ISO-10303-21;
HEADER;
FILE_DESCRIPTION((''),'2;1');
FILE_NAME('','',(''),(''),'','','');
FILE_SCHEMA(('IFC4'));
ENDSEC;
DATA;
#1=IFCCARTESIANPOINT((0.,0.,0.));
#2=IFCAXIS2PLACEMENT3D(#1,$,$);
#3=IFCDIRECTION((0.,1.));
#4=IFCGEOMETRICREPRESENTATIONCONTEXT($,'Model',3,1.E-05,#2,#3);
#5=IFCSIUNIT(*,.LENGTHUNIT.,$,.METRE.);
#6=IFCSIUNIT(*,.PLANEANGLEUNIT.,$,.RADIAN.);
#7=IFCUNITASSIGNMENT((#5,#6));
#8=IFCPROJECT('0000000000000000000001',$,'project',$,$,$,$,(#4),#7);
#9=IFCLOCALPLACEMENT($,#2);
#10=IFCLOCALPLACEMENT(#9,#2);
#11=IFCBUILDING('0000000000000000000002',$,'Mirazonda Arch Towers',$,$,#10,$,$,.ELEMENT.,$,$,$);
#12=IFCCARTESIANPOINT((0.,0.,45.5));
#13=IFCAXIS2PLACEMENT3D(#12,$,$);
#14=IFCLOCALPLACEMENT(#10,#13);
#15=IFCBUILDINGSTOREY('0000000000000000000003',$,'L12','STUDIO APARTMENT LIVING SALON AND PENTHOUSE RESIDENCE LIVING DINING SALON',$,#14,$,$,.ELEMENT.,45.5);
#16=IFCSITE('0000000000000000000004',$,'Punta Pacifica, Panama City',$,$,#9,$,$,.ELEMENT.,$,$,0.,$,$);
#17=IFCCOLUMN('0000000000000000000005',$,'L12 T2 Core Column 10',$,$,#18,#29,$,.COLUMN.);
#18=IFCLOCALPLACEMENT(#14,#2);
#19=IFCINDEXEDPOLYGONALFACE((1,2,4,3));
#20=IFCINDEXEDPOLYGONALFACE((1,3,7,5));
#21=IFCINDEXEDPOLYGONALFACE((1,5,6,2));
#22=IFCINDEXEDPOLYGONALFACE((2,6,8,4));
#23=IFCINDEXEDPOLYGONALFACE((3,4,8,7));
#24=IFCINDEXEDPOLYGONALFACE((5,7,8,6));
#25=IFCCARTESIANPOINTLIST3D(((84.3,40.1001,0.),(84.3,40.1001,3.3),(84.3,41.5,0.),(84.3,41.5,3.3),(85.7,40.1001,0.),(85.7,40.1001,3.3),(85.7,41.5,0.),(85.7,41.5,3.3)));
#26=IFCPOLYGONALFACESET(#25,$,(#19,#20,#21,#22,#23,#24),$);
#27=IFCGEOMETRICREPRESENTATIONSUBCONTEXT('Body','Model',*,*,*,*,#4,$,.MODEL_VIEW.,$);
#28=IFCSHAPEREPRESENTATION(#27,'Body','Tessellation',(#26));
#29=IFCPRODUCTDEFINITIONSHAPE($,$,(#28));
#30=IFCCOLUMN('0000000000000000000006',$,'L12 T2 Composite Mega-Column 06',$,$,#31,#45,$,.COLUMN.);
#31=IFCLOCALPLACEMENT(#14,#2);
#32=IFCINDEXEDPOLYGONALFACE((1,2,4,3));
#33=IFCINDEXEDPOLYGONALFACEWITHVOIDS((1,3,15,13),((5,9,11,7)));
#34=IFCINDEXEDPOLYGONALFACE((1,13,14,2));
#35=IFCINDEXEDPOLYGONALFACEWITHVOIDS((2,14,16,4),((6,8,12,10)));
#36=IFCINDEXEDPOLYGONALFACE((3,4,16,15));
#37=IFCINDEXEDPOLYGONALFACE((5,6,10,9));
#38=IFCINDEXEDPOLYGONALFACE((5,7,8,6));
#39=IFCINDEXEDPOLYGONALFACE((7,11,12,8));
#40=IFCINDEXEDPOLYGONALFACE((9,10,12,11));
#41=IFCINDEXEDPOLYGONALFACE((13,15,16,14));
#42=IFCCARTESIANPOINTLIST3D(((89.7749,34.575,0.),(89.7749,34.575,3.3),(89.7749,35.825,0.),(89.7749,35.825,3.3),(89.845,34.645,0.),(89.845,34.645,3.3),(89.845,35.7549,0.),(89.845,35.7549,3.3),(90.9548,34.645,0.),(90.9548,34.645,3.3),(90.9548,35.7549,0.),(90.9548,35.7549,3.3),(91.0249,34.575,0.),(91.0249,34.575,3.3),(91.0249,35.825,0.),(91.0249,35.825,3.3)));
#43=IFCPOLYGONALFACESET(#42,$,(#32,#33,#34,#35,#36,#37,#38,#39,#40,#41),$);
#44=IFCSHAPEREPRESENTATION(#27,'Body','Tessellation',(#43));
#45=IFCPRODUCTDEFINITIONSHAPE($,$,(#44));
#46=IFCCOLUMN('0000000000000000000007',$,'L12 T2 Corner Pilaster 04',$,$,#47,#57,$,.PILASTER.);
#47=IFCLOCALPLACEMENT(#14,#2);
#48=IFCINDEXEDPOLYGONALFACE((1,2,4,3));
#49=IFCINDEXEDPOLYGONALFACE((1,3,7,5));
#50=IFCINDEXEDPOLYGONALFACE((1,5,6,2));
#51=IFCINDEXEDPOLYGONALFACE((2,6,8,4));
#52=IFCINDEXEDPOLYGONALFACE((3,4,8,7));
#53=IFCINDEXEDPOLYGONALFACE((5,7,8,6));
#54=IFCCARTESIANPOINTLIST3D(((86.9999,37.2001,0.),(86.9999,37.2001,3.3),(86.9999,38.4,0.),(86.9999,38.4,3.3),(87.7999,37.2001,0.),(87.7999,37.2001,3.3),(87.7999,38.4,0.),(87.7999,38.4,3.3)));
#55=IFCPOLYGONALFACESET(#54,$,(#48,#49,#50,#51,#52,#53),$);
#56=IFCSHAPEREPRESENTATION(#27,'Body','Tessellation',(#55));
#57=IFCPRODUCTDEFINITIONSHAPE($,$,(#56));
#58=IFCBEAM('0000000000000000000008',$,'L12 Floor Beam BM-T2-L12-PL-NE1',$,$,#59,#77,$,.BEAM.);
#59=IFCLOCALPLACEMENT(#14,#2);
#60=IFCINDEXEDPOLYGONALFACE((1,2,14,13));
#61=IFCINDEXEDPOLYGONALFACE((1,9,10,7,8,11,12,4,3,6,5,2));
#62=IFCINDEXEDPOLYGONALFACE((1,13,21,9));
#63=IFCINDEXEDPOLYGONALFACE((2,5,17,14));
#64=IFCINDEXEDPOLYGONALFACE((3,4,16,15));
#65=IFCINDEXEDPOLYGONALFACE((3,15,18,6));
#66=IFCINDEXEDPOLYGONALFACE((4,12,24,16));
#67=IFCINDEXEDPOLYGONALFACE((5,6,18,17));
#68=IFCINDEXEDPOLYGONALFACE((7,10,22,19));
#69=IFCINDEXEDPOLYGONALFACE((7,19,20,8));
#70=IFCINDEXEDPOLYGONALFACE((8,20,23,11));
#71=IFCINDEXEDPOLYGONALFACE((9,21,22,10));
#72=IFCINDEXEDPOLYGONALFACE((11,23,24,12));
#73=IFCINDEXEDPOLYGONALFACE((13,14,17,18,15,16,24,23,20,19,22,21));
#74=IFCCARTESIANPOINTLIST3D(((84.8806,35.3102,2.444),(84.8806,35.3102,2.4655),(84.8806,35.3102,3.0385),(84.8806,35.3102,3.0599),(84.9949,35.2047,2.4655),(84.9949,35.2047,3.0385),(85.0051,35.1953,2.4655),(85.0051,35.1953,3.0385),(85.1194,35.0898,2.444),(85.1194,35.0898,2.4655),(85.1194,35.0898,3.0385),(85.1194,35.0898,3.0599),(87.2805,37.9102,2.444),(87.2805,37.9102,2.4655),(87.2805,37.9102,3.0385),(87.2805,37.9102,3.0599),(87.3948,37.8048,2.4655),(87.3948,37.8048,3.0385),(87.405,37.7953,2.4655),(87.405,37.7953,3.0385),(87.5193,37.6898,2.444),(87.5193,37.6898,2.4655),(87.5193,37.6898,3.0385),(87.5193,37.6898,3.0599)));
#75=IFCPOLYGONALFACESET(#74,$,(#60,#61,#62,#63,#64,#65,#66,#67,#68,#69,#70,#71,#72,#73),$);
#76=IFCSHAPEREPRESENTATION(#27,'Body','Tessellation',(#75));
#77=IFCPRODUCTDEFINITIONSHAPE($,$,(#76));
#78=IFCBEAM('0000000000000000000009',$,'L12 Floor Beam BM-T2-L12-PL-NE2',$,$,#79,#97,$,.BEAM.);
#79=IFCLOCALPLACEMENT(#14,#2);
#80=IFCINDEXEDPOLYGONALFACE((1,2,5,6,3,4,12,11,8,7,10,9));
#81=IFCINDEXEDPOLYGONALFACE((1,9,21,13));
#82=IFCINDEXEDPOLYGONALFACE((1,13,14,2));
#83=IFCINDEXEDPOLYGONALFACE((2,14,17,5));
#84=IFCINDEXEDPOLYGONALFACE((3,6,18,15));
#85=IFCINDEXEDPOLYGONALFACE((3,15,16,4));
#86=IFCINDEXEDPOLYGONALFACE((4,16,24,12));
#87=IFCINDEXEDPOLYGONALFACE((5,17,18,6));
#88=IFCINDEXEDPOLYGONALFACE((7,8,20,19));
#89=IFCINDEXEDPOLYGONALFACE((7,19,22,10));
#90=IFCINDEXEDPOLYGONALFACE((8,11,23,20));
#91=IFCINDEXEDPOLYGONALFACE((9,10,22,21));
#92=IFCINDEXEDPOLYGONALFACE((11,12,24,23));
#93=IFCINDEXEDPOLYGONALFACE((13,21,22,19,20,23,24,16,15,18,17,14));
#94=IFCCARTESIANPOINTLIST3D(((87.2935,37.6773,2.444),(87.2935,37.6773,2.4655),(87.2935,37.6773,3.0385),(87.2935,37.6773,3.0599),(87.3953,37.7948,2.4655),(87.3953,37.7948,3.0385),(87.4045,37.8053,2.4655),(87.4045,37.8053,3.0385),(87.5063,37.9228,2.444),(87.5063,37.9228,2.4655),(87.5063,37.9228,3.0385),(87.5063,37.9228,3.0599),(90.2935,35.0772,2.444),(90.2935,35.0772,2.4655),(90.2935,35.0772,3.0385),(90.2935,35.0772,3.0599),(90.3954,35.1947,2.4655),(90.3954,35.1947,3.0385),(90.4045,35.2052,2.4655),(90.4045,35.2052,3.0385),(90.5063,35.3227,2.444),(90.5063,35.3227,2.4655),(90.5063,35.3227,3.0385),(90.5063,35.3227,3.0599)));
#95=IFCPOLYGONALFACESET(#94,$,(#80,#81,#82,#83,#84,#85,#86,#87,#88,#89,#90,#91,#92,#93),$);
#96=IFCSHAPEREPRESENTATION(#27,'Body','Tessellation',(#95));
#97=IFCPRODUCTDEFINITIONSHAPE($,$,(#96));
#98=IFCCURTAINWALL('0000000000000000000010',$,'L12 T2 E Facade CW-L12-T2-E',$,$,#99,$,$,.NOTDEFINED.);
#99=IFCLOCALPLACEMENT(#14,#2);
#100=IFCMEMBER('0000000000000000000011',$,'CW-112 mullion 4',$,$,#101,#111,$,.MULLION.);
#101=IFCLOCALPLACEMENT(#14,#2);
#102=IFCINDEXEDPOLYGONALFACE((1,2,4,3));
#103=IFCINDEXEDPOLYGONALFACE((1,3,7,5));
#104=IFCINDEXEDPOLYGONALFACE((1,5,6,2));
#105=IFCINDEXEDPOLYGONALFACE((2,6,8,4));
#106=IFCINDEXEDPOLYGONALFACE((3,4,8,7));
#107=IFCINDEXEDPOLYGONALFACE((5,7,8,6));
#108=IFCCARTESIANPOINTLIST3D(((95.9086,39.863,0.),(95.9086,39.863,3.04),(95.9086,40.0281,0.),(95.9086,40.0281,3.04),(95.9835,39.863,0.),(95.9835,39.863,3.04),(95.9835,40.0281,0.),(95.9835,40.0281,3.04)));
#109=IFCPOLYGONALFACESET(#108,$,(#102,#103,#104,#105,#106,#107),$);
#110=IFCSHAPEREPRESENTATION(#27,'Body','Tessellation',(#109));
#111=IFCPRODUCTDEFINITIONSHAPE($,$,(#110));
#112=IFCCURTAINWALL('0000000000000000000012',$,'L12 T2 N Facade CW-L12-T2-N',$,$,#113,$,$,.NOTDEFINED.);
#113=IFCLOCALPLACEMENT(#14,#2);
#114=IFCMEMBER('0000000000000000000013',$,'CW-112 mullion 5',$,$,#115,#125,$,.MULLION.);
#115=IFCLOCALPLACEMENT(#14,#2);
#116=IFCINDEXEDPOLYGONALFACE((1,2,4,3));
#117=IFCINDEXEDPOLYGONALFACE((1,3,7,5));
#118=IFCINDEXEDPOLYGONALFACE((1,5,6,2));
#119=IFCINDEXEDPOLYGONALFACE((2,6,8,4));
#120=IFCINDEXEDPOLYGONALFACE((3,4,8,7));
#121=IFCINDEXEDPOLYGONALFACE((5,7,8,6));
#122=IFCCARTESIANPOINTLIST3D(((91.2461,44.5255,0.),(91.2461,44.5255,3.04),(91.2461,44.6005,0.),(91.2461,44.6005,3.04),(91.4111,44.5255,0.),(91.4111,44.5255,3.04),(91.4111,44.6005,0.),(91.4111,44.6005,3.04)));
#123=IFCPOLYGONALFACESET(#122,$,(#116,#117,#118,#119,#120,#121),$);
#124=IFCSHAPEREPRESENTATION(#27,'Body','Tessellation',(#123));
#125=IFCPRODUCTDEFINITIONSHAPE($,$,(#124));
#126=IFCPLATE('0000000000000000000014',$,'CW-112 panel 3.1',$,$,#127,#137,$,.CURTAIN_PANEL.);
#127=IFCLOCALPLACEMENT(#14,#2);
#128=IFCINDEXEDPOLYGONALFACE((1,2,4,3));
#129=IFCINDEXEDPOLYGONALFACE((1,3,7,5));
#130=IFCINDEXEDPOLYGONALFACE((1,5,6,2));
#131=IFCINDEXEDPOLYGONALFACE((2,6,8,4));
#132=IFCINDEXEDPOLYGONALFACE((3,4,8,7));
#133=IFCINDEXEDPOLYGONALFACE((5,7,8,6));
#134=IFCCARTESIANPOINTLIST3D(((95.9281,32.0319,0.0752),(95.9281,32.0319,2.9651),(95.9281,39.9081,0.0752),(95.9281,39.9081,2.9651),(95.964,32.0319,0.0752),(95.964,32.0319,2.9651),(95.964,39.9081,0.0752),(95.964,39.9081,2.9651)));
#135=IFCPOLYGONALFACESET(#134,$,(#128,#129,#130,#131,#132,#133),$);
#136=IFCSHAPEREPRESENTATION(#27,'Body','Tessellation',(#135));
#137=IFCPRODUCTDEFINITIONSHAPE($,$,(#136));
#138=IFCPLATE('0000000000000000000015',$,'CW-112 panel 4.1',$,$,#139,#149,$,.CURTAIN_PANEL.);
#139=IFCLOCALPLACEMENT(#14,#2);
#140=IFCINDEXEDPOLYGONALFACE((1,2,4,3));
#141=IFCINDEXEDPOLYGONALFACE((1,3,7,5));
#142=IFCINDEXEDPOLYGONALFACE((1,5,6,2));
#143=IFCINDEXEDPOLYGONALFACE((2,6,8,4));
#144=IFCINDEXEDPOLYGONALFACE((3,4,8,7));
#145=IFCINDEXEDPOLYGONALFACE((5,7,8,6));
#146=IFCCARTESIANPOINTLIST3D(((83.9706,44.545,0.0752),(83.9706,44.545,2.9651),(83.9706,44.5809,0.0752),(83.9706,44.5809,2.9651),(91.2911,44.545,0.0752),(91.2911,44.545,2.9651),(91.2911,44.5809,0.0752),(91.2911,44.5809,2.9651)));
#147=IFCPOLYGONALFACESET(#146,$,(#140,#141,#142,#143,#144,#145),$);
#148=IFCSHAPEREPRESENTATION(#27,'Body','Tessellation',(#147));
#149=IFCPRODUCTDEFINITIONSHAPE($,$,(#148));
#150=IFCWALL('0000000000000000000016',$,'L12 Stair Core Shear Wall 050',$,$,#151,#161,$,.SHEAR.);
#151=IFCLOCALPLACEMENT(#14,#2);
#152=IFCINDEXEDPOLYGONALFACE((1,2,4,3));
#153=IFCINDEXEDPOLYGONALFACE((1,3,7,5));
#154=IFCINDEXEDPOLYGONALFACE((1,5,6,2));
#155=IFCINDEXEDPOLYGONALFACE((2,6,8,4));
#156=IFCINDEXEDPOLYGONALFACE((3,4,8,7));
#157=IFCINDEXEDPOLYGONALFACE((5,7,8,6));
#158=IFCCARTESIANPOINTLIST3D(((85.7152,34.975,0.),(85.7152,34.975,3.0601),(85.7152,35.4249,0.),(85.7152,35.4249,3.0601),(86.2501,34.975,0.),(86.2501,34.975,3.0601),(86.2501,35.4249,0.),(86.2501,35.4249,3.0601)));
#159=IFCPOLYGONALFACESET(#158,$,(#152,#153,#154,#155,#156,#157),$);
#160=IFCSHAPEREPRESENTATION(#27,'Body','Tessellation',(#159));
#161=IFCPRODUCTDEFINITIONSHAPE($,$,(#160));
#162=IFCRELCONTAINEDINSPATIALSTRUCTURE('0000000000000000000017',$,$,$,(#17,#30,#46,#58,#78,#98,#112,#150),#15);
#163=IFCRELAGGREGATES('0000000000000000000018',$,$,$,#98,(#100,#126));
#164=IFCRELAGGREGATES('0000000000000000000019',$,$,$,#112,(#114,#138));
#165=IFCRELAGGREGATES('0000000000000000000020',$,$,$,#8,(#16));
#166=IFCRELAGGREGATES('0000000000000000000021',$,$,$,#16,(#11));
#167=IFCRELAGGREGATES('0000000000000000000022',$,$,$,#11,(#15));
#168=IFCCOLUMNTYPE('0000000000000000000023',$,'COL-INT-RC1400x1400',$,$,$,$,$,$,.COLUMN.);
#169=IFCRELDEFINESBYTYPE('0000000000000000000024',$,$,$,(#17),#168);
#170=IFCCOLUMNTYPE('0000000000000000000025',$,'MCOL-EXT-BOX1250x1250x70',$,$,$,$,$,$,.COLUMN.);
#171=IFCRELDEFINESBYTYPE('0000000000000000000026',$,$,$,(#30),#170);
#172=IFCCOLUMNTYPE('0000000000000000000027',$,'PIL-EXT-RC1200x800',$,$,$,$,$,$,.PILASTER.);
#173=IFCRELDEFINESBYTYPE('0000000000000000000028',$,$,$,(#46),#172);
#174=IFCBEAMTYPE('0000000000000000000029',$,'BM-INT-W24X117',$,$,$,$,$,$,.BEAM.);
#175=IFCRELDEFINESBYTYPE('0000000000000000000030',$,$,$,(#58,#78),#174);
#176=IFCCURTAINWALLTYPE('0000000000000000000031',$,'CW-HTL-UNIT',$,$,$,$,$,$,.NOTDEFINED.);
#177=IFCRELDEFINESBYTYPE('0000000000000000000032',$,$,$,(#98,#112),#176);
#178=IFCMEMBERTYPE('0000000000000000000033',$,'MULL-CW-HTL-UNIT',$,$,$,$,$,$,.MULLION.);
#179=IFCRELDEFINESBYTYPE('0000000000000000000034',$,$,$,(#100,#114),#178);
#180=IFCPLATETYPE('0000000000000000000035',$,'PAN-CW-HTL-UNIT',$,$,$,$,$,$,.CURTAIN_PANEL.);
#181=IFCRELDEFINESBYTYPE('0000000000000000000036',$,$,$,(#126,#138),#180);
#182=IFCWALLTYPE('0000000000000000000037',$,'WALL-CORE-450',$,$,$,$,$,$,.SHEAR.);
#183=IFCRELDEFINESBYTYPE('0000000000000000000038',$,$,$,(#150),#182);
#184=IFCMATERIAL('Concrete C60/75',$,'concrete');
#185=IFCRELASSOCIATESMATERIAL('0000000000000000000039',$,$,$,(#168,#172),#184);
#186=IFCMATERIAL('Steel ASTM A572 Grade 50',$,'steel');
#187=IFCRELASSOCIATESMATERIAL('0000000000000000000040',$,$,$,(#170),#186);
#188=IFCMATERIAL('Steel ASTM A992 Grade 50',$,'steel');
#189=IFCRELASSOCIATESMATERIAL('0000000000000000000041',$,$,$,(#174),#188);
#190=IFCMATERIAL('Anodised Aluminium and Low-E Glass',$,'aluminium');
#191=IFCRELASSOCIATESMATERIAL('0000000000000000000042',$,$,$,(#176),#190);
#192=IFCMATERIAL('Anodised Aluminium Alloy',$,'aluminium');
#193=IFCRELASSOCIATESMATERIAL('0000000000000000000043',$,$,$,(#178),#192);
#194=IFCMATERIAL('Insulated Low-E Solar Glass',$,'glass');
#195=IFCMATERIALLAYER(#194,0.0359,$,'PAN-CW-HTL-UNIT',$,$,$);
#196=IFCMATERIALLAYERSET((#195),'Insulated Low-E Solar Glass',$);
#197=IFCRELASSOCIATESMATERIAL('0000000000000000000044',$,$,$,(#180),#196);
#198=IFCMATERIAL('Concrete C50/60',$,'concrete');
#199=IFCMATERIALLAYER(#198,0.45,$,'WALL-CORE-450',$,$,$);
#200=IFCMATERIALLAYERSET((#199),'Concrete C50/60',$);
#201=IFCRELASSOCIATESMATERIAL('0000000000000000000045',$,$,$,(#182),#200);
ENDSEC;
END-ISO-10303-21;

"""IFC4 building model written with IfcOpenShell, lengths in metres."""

from ifc_helpers import new_model, si_unit, direction, frame, frame_2d, origin, origin_2d, place, context, subcontext, project, spatial, rectangle, hollow_rectangle, i_section, extrude, material, layer, layer_set, material_profile, profile_set, type_object, element, aggregate, save


model = new_model("IFC4")

# Units and contexts
model_context = context("Model", 3, precision=1e-05, world=origin(), true_north=direction((0.0, 1.0)))
body_context = subcontext(model_context, "Body", "Model", "MODEL_VIEW")
ifc_project = project(units=[si_unit("LENGTHUNIT", "METRE"), si_unit("PLANEANGLEUNIT", "RADIAN")], contexts=[model_context])

# Site, building, storey
site_placement = place(None, origin())
site = spatial("IfcSite", under=ifc_project, at=site_placement, Name="Punta Pacifica, Panama City", CompositionType="ELEMENT", RefElevation=0.0)
building_placement = place(site_placement, origin())
building = spatial("IfcBuilding", under=site, at=building_placement, Name="Mirazonda Arch Towers", CompositionType="ELEMENT")
storey_placement = place(building_placement, frame((0.0, 0.0, 45.5)))
storey = spatial("IfcBuildingStorey", under=building, at=storey_placement, Name="L12", Description="STUDIO APARTMENT LIVING SALON AND PENTHOUSE RESIDENCE LIVING DINING SALON", CompositionType="ELEMENT", Elevation=45.5)

# Columns
ifc_material_1 = material(Name="Concrete C60/75", Category="concrete")
ifc_material_profile_1 = material_profile(ifc_material_1, rectangle(XDim=1.3999, YDim=1.3999, at=origin_2d()), Name="RC1400x1400")
ifc_profile_set_1 = profile_set([ifc_material_profile_1], Name="Concrete C60/75")
column_type_1 = type_object("IfcColumnType", Name="COL-INT-RC1400x1400", PredefinedType="COLUMN", material=ifc_profile_set_1)
column_1_placement = place(storey_placement, frame((85.0, 40.8, 0.0), z_axis=(0.0, 0.0, 1.0), x_axis=(1.0, 0.0, 0.0)))
element("IfcColumn", 1, at=column_1_placement, inside=storey, type_object=column_type_1, Name="L12 T2 Core Column 10", PredefinedType="COLUMN", context=body_context, shape_type="SweptSolid", body=[
    extrude(rectangle(XDim=1.3999, YDim=1.3999, at=origin_2d()), origin(), (0.0, 0.0, 1.0), 3.3),
])
ifc_material_2 = material(Name="Steel ASTM A572 Grade 50", Category="steel")
ifc_material_profile_2 = material_profile(ifc_material_2, hollow_rectangle(XDim=1.25, YDim=1.25, WallThickness=0.0701, at=origin_2d()), Name="BOX1250x1250x70")
ifc_profile_set_2 = profile_set([ifc_material_profile_2], Name="Steel ASTM A572 Grade 50")
column_type_2 = type_object("IfcColumnType", Name="MCOL-EXT-BOX1250x1250x70", PredefinedType="COLUMN", material=ifc_profile_set_2)
column_2_placement = place(storey_placement, frame((90.3999, 35.2, 0.0), z_axis=(0.0, 0.0, 1.0), x_axis=(1.0, 0.0, 0.0)))
element("IfcColumn", 2, at=column_2_placement, inside=storey, type_object=column_type_2, Name="L12 T2 Composite Mega-Column 06", PredefinedType="COLUMN", context=body_context, shape_type="SweptSolid", body=[
    extrude(hollow_rectangle(XDim=1.25, YDim=1.25, WallThickness=0.0701, at=origin_2d()), origin(), (0.0, 0.0, 1.0), 3.3),
])
ifc_material_profile_3 = material_profile(ifc_material_1, rectangle(XDim=0.8, YDim=1.2, at=origin_2d()), Name="RC1200x800")
ifc_profile_set_3 = profile_set([ifc_material_profile_3], Name="Concrete C60/75")
column_type_3 = type_object("IfcColumnType", Name="PIL-EXT-RC1200x800", PredefinedType="PILASTER", material=ifc_profile_set_3)
column_3_placement = place(storey_placement, frame((87.3999, 37.8, 0.0), z_axis=(0.0, 0.0, 1.0), x_axis=(1.0, 0.0, 0.0)))
element("IfcColumn", 3, at=column_3_placement, inside=storey, type_object=column_type_3, Name="L12 T2 Corner Pilaster 04", PredefinedType="PILASTER", context=body_context, shape_type="SweptSolid", body=[
    extrude(rectangle(XDim=0.8, YDim=1.2, at=origin_2d()), origin(), (0.0, 0.0, 1.0), 3.3),
])

# Beams
ifc_material_3 = material(Name="Steel ASTM A992 Grade 50", Category="steel")
ifc_material_profile_4 = material_profile(ifc_material_3, i_section(OverallWidth=0.325, OverallDepth=0.616, WebThickness=0.0139, FlangeThickness=0.0215, at=origin_2d()), Name="W24X117")
ifc_profile_set_4 = profile_set([ifc_material_profile_4], Name="Steel ASTM A992 Grade 50")
beam_type = type_object("IfcBeamType", Name="BM-INT-W24X117", PredefinedType="BEAM", material=ifc_profile_set_4)
beam_1_placement = place(storey_placement, frame((87.3999, 37.8, 2.752), z_axis=(-0.678251, -0.73483, 0.0), x_axis=(0.73483, -0.678251, 0.0)))
element("IfcBeam", 4, at=beam_1_placement, inside=storey, type_object=beam_type, Name="L12 Floor Beam BM-T2-L12-PL-NE1", PredefinedType="BEAM", context=body_context, shape_type="SweptSolid", body=[
    extrude(i_section(OverallWidth=0.325, OverallDepth=0.616, WebThickness=0.0139, FlangeThickness=0.0215, at=origin_2d()), origin(), (0.0, 0.0, 1.0), 3.5383),
])
beam_2_placement = place(storey_placement, frame((87.3999, 37.8, 2.752), z_axis=(0.755677, -0.654945, 0.0), x_axis=(0.654945, 0.755677, 0.0)))
element("IfcBeam", 5, at=beam_2_placement, inside=storey, type_object=beam_type, Name="L12 Floor Beam BM-T2-L12-PL-NE2", PredefinedType="BEAM", context=body_context, shape_type="SweptSolid", body=[
    extrude(i_section(OverallWidth=0.325, OverallDepth=0.616, WebThickness=0.0139, FlangeThickness=0.0215, at=origin_2d()), origin(), (0.0, 0.0, 1.0), 3.97),
])

# Curtain walls, members
ifc_material_4 = material(Name="Anodised Aluminium and Low-E Glass", Category="aluminium")
curtain_wall_type = type_object("IfcCurtainWallType", Name="CW-HTL-UNIT", PredefinedType="NOTDEFINED", material=ifc_material_4)
curtain_wall_1_placement = place(storey_placement, origin())
curtain_wall_1 = element("IfcCurtainWall", 6, at=curtain_wall_1_placement, inside=storey, type_object=curtain_wall_type, Name="L12 T2 E Facade CW-L12-T2-E", PredefinedType="NOTDEFINED")
ifc_material_5 = material(Name="Anodised Aluminium Alloy", Category="aluminium")
ifc_material_profile_5 = material_profile(ifc_material_5, rectangle(XDim=0.075, YDim=0.165, at=origin_2d()), Name="ALU-MULL-75x165")
ifc_profile_set_5 = profile_set([ifc_material_profile_5], Name="Anodised Aluminium Alloy")
member_type = type_object("IfcMemberType", Name="MULL-CW-HTL-UNIT", PredefinedType="MULLION", material=ifc_profile_set_5)
member_1_placement = place(storey_placement, frame((95.946, 39.9456, 0.0), z_axis=(0.0, 0.0, 1.0), x_axis=(-1.0, 0.0, 0.0)))
member_1 = element("IfcMember", 7, at=member_1_placement, type_object=member_type, Name="CW-112 mullion 4", PredefinedType="MULLION", context=body_context, shape_type="SweptSolid", body=[
    extrude(rectangle(XDim=0.075, YDim=0.165, at=origin_2d()), origin(), (0.0, 0.0, 1.0), 3.04),
])
curtain_wall_2_placement = place(storey_placement, origin())
curtain_wall_2 = element("IfcCurtainWall", 8, at=curtain_wall_2_placement, inside=storey, type_object=curtain_wall_type, Name="L12 T2 N Facade CW-L12-T2-N", PredefinedType="NOTDEFINED")
member_2_placement = place(storey_placement, frame((91.3286, 44.563, 0.0), z_axis=(0.0, 0.0, 1.0), x_axis=(0.0, 1.0, 0.0)))
member_2 = element("IfcMember", 9, at=member_2_placement, type_object=member_type, Name="CW-112 mullion 5", PredefinedType="MULLION", context=body_context, shape_type="SweptSolid", body=[
    extrude(rectangle(XDim=0.075, YDim=0.165, at=origin_2d()), origin(), (0.0, 0.0, 1.0), 3.04),
])

# Plates
ifc_material_6 = material(Name="Insulated Low-E Solar Glass", Category="glass")
ifc_layer_1 = layer(ifc_material_6, 0.0359, Name="PAN-CW-HTL-UNIT")
ifc_layer_set_1 = layer_set([ifc_layer_1], Name="Insulated Low-E Solar Glass")
plate_type = type_object("IfcPlateType", Name="PAN-CW-HTL-UNIT", PredefinedType="CURTAIN_PANEL", material=ifc_layer_set_1)
plate_1_placement = place(storey_placement, frame((95.946, 35.97, 0.0752), z_axis=(0.0, 0.0, 1.0), x_axis=(0.0, 1.0, 0.0)))
plate_1 = element("IfcPlate", 10, at=plate_1_placement, type_object=plate_type, Name="CW-112 panel 3.1", PredefinedType="CURTAIN_PANEL", context=body_context, shape_type="SweptSolid", body=[
    extrude(rectangle(XDim=7.8762, YDim=0.0359, at=origin_2d()), origin(), (0.0, 0.0, 1.0), 2.8899),
])
aggregate(curtain_wall_1, [member_1, plate_1])
plate_2_placement = place(storey_placement, frame((87.6309, 44.563, 0.0752), z_axis=(0.0, 0.0, 1.0), x_axis=(1.0, 0.0, 0.0)))
plate_2 = element("IfcPlate", 11, at=plate_2_placement, type_object=plate_type, Name="CW-112 panel 4.1", PredefinedType="CURTAIN_PANEL", context=body_context, shape_type="SweptSolid", body=[
    extrude(rectangle(XDim=7.3206, YDim=0.0359, at=origin_2d()), origin(), (0.0, 0.0, 1.0), 2.8899),
])
aggregate(curtain_wall_2, [member_2, plate_2])

# Wall
ifc_material_7 = material(Name="Concrete C50/60", Category="concrete")
ifc_layer_2 = layer(ifc_material_7, 0.45, Name="WALL-CORE-450")
ifc_layer_set_2 = layer_set([ifc_layer_2], Name="Concrete C50/60")
wall_type_1 = type_object("IfcWallType", Name="WALL-CORE-450", PredefinedType="SHEAR", material=ifc_layer_set_2)
wall_1_placement = place(storey_placement, frame((85.7151, 35.2, 0.0), z_axis=(0.0, 0.0, 1.0), x_axis=(1.0, 0.0, 0.0)))
element("IfcWall", 12, at=wall_1_placement, inside=storey, type_object=wall_type_1, Name="L12 Stair Core Shear Wall 050", PredefinedType="SHEAR", context=body_context, shape_type="SweptSolid", body=[
    extrude(rectangle(XDim=0.5349, YDim=0.45, at=frame_2d((0.2676, 0.0))), origin(), (0.0, 0.0, 1.0), 3.0601),
])

save(model, "model.ifc")
